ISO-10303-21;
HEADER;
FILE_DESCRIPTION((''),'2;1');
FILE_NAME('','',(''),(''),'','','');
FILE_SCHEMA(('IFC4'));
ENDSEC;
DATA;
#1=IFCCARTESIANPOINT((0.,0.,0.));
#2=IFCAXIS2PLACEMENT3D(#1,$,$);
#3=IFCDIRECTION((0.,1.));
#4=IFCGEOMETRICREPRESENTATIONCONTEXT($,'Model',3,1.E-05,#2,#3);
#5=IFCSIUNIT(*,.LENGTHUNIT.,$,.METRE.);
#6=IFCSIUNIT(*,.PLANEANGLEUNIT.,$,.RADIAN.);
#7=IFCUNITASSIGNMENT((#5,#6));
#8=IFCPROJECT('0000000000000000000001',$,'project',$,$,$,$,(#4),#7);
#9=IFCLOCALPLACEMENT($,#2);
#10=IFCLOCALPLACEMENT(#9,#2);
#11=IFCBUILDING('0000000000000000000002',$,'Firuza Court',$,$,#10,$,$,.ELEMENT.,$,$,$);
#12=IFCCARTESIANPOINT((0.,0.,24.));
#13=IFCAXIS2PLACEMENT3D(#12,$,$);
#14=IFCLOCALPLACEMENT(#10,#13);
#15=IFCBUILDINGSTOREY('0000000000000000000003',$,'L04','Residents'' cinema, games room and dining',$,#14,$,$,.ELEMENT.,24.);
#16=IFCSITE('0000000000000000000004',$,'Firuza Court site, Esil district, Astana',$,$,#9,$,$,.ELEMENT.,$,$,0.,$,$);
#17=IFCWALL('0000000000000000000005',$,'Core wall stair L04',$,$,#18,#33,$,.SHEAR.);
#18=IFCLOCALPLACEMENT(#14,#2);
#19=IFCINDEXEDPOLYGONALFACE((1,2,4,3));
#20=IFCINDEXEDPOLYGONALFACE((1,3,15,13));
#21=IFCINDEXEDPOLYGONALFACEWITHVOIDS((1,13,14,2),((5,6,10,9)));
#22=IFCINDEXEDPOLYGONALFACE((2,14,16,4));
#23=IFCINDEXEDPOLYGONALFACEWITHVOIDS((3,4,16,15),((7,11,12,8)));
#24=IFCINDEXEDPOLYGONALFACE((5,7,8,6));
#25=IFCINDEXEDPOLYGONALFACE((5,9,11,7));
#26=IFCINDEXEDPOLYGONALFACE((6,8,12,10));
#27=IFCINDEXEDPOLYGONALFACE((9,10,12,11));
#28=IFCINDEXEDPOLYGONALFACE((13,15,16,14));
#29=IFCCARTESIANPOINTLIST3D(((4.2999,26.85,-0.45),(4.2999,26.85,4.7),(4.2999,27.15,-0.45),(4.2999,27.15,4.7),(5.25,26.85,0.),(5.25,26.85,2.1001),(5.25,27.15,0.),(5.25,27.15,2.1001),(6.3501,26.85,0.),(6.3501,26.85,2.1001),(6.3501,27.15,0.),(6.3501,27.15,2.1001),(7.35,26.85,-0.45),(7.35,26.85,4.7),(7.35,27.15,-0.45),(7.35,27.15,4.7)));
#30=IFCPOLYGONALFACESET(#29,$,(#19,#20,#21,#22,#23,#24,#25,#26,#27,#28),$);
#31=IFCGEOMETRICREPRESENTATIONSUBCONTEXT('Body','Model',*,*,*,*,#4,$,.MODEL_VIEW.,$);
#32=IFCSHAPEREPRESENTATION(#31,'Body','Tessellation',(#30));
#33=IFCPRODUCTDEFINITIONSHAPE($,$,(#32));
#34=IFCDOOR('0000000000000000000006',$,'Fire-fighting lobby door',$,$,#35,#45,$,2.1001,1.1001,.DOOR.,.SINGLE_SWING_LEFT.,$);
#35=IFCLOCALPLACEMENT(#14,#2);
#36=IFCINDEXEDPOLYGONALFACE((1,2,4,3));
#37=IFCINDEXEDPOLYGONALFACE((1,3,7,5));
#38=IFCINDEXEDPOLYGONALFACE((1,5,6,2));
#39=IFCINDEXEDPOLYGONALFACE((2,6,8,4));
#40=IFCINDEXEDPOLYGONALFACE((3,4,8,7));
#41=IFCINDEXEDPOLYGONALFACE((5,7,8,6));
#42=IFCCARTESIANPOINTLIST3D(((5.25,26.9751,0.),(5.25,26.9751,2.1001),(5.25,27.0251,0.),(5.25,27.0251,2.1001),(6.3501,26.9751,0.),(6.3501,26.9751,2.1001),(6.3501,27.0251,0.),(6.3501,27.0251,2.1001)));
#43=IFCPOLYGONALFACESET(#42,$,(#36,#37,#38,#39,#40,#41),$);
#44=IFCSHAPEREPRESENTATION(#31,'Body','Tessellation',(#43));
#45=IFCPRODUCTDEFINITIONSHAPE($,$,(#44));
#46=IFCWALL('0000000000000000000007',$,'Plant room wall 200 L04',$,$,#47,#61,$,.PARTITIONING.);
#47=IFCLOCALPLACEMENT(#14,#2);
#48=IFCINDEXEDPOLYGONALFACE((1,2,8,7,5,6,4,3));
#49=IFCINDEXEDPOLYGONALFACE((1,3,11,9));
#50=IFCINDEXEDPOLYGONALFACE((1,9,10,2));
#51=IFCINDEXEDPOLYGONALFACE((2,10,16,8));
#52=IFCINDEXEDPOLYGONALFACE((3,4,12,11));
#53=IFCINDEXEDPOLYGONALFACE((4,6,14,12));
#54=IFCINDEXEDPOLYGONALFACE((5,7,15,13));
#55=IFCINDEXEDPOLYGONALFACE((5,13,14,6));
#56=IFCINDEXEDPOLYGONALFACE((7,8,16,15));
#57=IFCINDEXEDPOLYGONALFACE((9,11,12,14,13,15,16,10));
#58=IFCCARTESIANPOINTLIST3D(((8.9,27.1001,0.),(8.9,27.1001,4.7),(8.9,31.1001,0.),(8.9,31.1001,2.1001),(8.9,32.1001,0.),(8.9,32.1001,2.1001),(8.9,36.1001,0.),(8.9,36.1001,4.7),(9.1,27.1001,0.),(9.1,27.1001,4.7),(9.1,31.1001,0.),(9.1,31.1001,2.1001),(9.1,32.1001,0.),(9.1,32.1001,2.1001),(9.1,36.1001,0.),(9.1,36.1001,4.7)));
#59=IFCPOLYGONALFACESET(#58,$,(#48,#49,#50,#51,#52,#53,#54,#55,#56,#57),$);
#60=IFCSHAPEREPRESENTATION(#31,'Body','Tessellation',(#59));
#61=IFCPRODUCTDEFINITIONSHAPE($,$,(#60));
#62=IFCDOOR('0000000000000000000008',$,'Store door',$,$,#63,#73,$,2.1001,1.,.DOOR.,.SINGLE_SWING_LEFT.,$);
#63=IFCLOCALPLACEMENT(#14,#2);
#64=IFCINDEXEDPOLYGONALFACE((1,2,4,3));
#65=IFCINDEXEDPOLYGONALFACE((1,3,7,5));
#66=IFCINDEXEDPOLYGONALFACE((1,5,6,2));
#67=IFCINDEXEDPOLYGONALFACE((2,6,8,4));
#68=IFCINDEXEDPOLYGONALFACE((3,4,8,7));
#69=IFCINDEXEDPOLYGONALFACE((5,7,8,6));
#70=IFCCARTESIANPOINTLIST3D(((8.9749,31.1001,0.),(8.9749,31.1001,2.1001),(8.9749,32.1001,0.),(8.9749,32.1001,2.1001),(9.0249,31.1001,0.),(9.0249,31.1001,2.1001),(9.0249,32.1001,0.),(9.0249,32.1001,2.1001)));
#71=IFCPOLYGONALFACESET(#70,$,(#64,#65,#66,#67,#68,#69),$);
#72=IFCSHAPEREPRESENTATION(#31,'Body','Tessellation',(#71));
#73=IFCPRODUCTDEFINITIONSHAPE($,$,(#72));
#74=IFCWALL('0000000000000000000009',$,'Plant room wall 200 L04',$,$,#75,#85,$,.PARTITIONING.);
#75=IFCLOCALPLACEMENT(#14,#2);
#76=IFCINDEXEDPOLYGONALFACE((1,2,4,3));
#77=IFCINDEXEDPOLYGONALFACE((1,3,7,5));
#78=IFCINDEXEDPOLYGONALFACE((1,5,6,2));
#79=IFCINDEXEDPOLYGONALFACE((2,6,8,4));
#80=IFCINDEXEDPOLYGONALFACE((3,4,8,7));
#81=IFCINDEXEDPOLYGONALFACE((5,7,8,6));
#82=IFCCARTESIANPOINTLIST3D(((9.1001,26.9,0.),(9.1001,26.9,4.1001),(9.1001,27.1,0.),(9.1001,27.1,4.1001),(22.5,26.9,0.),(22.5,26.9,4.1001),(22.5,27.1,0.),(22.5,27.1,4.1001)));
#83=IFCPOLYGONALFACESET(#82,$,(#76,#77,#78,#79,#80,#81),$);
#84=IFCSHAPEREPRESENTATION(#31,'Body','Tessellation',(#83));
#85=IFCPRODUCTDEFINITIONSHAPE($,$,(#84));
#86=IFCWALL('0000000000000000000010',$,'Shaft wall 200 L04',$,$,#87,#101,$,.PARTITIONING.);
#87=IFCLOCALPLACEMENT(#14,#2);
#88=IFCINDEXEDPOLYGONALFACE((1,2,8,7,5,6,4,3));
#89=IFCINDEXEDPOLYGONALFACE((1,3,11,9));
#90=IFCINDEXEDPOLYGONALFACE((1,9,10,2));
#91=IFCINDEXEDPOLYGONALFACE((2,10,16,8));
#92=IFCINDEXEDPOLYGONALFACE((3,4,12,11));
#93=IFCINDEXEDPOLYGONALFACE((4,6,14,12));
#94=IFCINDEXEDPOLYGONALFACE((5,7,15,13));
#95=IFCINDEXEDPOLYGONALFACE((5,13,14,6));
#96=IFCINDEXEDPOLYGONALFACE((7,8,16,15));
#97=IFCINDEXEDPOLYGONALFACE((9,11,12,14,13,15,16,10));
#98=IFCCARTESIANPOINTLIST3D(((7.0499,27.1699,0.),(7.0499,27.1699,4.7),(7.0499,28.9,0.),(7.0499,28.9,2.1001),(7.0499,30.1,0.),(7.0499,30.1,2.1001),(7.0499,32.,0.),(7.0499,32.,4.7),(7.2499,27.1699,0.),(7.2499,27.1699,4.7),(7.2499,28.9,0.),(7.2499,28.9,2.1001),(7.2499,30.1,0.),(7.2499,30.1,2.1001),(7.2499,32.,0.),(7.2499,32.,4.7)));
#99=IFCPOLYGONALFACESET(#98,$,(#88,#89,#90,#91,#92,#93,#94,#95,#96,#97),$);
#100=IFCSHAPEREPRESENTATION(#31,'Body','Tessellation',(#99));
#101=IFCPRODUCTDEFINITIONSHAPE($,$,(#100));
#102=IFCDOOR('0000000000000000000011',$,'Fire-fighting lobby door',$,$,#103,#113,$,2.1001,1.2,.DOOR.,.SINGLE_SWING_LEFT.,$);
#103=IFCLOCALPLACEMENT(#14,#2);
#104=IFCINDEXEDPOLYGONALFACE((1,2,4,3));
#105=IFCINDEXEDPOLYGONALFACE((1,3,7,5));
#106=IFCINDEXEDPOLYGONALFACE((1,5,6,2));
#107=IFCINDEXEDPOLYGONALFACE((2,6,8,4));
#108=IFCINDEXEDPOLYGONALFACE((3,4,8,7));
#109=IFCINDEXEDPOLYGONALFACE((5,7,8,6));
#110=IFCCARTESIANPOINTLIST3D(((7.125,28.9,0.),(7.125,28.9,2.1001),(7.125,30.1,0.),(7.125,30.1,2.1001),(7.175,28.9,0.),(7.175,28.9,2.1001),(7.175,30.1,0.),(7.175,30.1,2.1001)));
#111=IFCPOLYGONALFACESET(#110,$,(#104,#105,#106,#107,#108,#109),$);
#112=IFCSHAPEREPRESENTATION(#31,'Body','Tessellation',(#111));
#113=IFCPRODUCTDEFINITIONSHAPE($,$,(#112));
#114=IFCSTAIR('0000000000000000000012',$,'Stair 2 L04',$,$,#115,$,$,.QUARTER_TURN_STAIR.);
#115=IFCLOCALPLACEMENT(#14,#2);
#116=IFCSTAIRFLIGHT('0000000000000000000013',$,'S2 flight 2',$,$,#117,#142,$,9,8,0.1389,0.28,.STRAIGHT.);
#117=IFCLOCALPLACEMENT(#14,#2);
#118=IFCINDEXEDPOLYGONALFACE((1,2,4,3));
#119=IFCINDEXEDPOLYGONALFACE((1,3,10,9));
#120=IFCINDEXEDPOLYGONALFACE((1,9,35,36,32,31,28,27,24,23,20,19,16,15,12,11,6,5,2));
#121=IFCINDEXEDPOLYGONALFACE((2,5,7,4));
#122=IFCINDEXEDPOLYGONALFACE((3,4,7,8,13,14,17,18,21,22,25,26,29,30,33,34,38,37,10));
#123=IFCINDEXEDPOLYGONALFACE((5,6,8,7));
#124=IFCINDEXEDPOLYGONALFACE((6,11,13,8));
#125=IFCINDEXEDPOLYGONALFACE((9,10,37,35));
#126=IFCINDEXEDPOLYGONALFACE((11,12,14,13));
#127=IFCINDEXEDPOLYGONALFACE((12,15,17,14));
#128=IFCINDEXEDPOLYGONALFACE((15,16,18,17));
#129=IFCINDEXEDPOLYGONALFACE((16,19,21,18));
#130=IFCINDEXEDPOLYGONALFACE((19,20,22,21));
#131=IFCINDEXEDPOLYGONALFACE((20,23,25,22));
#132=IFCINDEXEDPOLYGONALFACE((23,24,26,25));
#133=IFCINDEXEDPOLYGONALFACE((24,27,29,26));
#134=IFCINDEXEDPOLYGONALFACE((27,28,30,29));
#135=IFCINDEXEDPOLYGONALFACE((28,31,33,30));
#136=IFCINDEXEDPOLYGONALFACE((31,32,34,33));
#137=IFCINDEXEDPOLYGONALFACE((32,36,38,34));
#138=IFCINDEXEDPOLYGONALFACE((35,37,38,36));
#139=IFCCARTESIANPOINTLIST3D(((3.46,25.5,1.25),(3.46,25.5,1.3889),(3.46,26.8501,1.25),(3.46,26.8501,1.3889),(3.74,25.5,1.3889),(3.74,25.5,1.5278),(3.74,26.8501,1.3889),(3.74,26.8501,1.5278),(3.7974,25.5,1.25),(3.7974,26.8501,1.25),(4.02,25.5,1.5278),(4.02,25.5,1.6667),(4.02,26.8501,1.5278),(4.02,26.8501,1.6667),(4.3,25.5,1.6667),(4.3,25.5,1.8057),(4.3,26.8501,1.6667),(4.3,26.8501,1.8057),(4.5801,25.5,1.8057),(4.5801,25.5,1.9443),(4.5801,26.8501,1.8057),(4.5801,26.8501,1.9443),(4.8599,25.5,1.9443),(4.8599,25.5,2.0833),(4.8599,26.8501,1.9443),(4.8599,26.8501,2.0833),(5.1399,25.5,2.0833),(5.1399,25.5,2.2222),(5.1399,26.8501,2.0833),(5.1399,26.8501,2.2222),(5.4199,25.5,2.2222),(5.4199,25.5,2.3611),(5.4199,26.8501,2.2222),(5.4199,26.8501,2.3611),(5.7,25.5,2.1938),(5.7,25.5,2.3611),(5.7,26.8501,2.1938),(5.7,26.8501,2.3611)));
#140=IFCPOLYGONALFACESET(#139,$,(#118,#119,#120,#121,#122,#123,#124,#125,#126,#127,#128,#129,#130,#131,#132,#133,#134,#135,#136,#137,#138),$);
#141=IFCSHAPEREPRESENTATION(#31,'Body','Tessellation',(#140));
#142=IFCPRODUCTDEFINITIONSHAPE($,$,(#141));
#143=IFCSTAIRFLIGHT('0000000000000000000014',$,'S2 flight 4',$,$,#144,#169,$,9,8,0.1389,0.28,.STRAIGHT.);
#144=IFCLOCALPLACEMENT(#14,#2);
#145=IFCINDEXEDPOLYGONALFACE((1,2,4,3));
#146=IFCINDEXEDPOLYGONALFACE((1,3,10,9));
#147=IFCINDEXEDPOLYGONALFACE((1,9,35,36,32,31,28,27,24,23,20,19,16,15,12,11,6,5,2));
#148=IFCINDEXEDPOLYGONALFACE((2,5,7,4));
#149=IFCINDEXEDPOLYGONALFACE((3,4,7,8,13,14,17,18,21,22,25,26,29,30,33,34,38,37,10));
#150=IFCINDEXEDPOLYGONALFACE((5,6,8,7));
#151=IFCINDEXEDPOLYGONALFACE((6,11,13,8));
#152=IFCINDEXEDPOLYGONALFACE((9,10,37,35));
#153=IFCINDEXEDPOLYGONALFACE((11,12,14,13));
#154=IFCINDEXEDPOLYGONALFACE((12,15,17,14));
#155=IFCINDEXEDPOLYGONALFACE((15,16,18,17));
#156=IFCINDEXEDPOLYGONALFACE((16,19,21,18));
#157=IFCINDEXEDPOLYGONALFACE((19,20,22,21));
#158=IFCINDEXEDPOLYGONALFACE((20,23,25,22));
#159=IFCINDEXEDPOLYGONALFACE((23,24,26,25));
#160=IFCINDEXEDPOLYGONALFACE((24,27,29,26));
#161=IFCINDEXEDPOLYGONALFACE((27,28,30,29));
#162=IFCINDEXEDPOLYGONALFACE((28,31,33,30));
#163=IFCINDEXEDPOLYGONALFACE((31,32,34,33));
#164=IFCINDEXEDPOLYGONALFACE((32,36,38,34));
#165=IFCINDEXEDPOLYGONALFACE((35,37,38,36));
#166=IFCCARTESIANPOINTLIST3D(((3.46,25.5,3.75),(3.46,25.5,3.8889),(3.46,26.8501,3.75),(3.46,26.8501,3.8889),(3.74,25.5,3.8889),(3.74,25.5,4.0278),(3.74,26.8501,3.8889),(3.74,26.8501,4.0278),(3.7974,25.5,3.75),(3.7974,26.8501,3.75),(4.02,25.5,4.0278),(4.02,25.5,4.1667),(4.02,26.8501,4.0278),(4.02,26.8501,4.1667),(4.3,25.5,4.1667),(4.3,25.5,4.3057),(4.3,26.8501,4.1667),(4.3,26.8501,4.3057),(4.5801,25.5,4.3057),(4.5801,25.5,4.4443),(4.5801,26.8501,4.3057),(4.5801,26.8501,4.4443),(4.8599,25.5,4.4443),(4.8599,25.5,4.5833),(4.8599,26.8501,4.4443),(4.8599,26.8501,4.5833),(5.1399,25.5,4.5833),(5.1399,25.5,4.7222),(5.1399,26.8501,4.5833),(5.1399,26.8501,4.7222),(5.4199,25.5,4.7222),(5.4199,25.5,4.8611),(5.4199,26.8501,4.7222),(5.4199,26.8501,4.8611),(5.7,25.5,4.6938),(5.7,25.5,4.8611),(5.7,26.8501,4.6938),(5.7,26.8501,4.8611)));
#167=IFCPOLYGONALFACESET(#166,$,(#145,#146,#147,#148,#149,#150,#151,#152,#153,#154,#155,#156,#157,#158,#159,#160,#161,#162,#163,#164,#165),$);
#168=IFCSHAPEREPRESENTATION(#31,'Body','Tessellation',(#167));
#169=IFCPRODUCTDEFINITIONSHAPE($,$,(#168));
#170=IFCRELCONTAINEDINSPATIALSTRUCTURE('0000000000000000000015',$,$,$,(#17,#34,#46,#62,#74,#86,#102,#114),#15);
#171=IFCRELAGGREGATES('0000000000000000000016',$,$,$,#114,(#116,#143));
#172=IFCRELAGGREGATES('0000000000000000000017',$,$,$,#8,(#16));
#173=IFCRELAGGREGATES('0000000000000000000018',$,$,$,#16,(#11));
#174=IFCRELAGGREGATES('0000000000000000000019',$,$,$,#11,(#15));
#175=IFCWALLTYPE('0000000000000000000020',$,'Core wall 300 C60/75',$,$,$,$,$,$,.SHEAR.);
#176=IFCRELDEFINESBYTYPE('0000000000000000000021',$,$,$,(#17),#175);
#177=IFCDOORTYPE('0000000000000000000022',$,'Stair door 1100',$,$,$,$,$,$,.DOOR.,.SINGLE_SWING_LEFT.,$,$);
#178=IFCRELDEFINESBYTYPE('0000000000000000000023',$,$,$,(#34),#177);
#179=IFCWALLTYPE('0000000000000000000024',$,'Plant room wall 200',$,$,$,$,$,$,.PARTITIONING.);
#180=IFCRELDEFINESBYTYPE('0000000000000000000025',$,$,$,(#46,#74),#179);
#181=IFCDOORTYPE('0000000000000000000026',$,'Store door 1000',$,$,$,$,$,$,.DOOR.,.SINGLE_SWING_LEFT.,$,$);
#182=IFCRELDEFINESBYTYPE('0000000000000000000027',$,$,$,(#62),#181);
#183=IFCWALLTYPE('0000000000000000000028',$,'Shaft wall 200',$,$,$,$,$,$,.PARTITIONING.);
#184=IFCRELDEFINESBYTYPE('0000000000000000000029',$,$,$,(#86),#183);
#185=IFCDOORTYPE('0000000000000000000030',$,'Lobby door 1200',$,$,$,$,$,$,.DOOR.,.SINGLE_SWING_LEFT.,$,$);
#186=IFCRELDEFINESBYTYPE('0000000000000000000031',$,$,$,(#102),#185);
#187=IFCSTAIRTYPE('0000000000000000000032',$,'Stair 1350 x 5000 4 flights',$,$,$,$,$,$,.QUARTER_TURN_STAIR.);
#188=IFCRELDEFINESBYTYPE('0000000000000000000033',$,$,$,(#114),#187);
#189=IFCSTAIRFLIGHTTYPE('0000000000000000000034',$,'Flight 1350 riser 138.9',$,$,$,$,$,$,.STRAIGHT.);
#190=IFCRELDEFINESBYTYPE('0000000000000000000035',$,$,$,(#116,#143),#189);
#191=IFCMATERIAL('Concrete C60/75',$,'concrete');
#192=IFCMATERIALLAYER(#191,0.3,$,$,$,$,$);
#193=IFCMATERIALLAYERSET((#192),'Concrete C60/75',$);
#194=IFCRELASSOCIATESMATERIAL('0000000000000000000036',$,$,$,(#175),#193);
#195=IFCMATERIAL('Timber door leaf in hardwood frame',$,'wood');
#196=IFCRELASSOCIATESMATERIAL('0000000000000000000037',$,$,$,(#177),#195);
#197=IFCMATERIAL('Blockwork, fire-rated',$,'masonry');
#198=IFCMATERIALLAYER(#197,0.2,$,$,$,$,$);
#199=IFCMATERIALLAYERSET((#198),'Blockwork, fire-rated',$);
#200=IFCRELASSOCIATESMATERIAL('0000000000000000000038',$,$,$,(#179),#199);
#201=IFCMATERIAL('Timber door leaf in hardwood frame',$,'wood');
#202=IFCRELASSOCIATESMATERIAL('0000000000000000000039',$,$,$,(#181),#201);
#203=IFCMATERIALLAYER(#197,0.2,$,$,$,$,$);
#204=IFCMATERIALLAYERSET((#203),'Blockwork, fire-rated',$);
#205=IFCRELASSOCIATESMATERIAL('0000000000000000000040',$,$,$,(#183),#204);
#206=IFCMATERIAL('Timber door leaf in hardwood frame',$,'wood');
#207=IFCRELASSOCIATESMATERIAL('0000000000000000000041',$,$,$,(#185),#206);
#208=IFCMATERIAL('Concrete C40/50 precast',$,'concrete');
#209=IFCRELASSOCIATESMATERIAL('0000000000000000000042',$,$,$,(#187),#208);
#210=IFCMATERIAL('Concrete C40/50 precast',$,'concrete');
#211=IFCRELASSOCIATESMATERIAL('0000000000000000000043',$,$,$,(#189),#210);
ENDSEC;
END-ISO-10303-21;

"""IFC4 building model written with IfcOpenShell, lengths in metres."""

from ifc_helpers import new_model, si_unit, direction, frame, frame_2d, origin, place, context, subcontext, project, spatial, polyline, rectangle, outline, extrude, material, layer, layer_set, type_object, element, fill, aggregate, save


model = new_model("IFC4")

# Units and contexts
model_context = context("Model", 3, precision=1e-05, world=origin(), true_north=direction((0.0, 1.0)))
body_context = subcontext(model_context, "Body", "Model", "MODEL_VIEW")
ifc_project = project(units=[si_unit("LENGTHUNIT", "METRE"), si_unit("PLANEANGLEUNIT", "RADIAN")], contexts=[model_context])

# Site, building, storey
site_placement = place(None, origin())
site = spatial("IfcSite", under=ifc_project, at=site_placement, Name="Firuza Court site, Esil district, Astana", CompositionType="ELEMENT", RefElevation=0.0)
building_placement = place(site_placement, origin())
building = spatial("IfcBuilding", under=site, at=building_placement, Name="Firuza Court", CompositionType="ELEMENT")
storey_placement = place(building_placement, frame((0.0, 0.0, 24.0)))
storey = spatial("IfcBuildingStorey", under=building, at=storey_placement, Name="L04", Description="Residents' cinema, games room and dining", CompositionType="ELEMENT", Elevation=24.0)

# Shared definitions
ifc_material_1 = material(Name="Concrete C60/75", Category="concrete")

# Shared definitions
ifc_layer_1 = layer(ifc_material_1, 0.3)
ifc_layer_set_1 = layer_set([ifc_layer_1], Name="Concrete C60/75")
wall_type_1 = type_object("IfcWallType", Name="Core wall 300 C60/75", PredefinedType="SHEAR", material=ifc_layer_set_1)

# Walls, openings, doors
wall_1_placement = place(storey_placement, frame((4.3, 27.0, -0.45), z_axis=(0.0, 0.0, 1.0), x_axis=(1.0, 0.0, 0.0)))
wall_1 = element("IfcWall", 1, at=wall_1_placement, inside=storey, type_object=wall_type_1, Name="Core wall stair L04", PredefinedType="SHEAR", context=body_context, shape_type="SweptSolid", body=[
    extrude(rectangle(XDim=3.05, YDim=0.3, at=frame_2d((1.5249, 0.0))), origin(), (0.0, 0.0, 1.0), 5.1499),
])
opening_1_placement = place(wall_1_placement, frame((0.95, 0.0, 0.45)))
opening_1 = element("IfcOpeningElement", 2, at=opening_1_placement, cuts=wall_1, PredefinedType="OPENING", context=body_context, shape_type="SweptSolid", body=[
    extrude(rectangle(XDim=1.1001, YDim=2.1001, at=frame_2d((0.55, 1.05))), frame((0.0, 0.1621, 0.0), z_axis=(0.0, -1.0, 0.0), x_axis=(1.0, 0.0, 0.0)), (0.0, 0.0, 1.0), 0.324),
])
ifc_material_2 = material(Name="Timber door leaf in hardwood frame", Category="wood")
door_type_1 = type_object("IfcDoorType", Name="Stair door 1100", OperationType="SINGLE_SWING_LEFT", PredefinedType="DOOR", material=ifc_material_2)
door_1_placement = place(opening_1_placement, frame((1.1001, 0.0, 0.0), z_axis=(0.0, 0.0, 1.0), x_axis=(-1.0, 0.0, 0.0)))
door_1 = element("IfcDoor", 3, at=door_1_placement, inside=storey, type_object=door_type_1, Name="Fire-fighting lobby door", OperationType="SINGLE_SWING_LEFT", OverallHeight=2.1001, OverallWidth=1.1001, PredefinedType="DOOR", context=body_context, shape_type="SweptSolid", body=[
    extrude(rectangle(XDim=1.1001, YDim=2.1001, at=frame_2d((0.55, 1.05))), frame((0.0, 0.0249, 0.0), z_axis=(0.0, -1.0, 0.0), x_axis=(1.0, 0.0, 0.0)), (0.0, 0.0, 1.0), 0.05),
])
fill(opening_1, door_1)
ifc_material_3 = material(Name="Blockwork, fire-rated", Category="masonry")
ifc_layer_2 = layer(ifc_material_3, 0.2)
ifc_layer_set_2 = layer_set([ifc_layer_2], Name="Blockwork, fire-rated")
wall_type_2 = type_object("IfcWallType", Name="Plant room wall 200", PredefinedType="PARTITIONING", material=ifc_layer_set_2)
wall_2_placement = place(storey_placement, frame((9.0, 27.1001, 0.0), z_axis=(0.0, 0.0, 1.0), x_axis=(0.0, 1.0, 0.0)))
wall_2 = element("IfcWall", 4, at=wall_2_placement, inside=storey, type_object=wall_type_2, Name="Plant room wall 200 L04", PredefinedType="PARTITIONING", context=body_context, shape_type="SweptSolid", body=[
    extrude(rectangle(XDim=9.0, YDim=0.2, at=frame_2d((4.5, 0.0))), origin(), (0.0, 0.0, 1.0), 4.7),
])
opening_2_placement = place(wall_2_placement, frame((4.0, 0.0, 0.0)))
opening_2 = element("IfcOpeningElement", 5, at=opening_2_placement, cuts=wall_2, PredefinedType="OPENING", context=body_context, shape_type="SweptSolid", body=[
    extrude(rectangle(XDim=1.0, YDim=2.1001, at=frame_2d((0.5, 1.05))), frame((0.0, 0.1118, 0.0), z_axis=(0.0, -1.0, 0.0), x_axis=(1.0, 0.0, 0.0)), (0.0, 0.0, 1.0), 0.2239),
])
ifc_material_4 = material(Name="Timber door leaf in hardwood frame", Category="wood")
door_type_2 = type_object("IfcDoorType", Name="Store door 1000", OperationType="SINGLE_SWING_LEFT", PredefinedType="DOOR", material=ifc_material_4)
door_2_placement = place(opening_2_placement, frame((1.0, 0.0, 0.0), z_axis=(0.0, 0.0, 1.0), x_axis=(-1.0, 0.0, 0.0)))
door_2 = element("IfcDoor", 6, at=door_2_placement, inside=storey, type_object=door_type_2, Name="Store door", OperationType="SINGLE_SWING_LEFT", OverallHeight=2.1001, OverallWidth=1.0, PredefinedType="DOOR", context=body_context, shape_type="SweptSolid", body=[
    extrude(rectangle(XDim=1.0, YDim=2.1001, at=frame_2d((0.5, 1.05))), frame((0.0, 0.0249, 0.0), z_axis=(0.0, -1.0, 0.0), x_axis=(1.0, 0.0, 0.0)), (0.0, 0.0, 1.0), 0.05),
])
fill(opening_2, door_2)

# Wall
wall_3_placement = place(storey_placement, frame((22.5, 27.0, 0.0), z_axis=(0.0, 0.0, 1.0), x_axis=(-1.0, 0.0, 0.0)))
element("IfcWall", 7, at=wall_3_placement, inside=storey, type_object=wall_type_2, Name="Plant room wall 200 L04", PredefinedType="PARTITIONING", context=body_context, shape_type="SweptSolid", body=[
    extrude(rectangle(XDim=13.3999, YDim=0.2, at=frame_2d((6.7, 0.0))), origin(), (0.0, 0.0, 1.0), 4.1001),
])

# Wall, opening, door
ifc_layer_3 = layer(ifc_material_3, 0.2)
ifc_layer_set_3 = layer_set([ifc_layer_3], Name="Blockwork, fire-rated")
wall_type_3 = type_object("IfcWallType", Name="Shaft wall 200", PredefinedType="PARTITIONING", material=ifc_layer_set_3)
wall_4_placement = place(storey_placement, frame((7.1499, 27.1699, 0.0), z_axis=(0.0, 0.0, 1.0), x_axis=(0.0, 1.0, 0.0)))
wall_4 = element("IfcWall", 8, at=wall_4_placement, inside=storey, type_object=wall_type_3, Name="Shaft wall 200 L04", PredefinedType="PARTITIONING", context=body_context, shape_type="SweptSolid", body=[
    extrude(rectangle(XDim=4.8301, YDim=0.2, at=frame_2d((2.415, 0.0))), origin(), (0.0, 0.0, 1.0), 4.7),
])
opening_3_placement = place(wall_4_placement, frame((1.73, 0.0, 0.0)))
opening_3 = element("IfcOpeningElement", 9, at=opening_3_placement, cuts=wall_4, PredefinedType="OPENING", context=body_context, shape_type="SweptSolid", body=[
    extrude(rectangle(XDim=1.2, YDim=2.1001, at=frame_2d((0.6001, 1.05))), frame((0.0, 0.1118, 0.0), z_axis=(0.0, -1.0, 0.0), x_axis=(1.0, 0.0, 0.0)), (0.0, 0.0, 1.0), 0.2239),
])
ifc_material_5 = material(Name="Timber door leaf in hardwood frame", Category="wood")
door_type_3 = type_object("IfcDoorType", Name="Lobby door 1200", OperationType="SINGLE_SWING_LEFT", PredefinedType="DOOR", material=ifc_material_5)
door_3_placement = place(opening_3_placement, origin())
door_3 = element("IfcDoor", 10, at=door_3_placement, inside=storey, type_object=door_type_3, Name="Fire-fighting lobby door", OperationType="SINGLE_SWING_LEFT", OverallHeight=2.1001, OverallWidth=1.2, PredefinedType="DOOR", context=body_context, shape_type="SweptSolid", body=[
    extrude(rectangle(XDim=1.2, YDim=2.1001, at=frame_2d((0.6001, 1.05))), frame((0.0, 0.0249, 0.0), z_axis=(0.0, -1.0, 0.0), x_axis=(1.0, 0.0, 0.0)), (0.0, 0.0, 1.0), 0.05),
])
fill(opening_3, door_3)

# Stair, stair flights
ifc_material_6 = material(Name="Concrete C40/50 precast", Category="concrete")
stair_type = type_object("IfcStairType", Name="Stair 1350 x 5000 4 flights", PredefinedType="QUARTER_TURN_STAIR", material=ifc_material_6)
stair_placement = place(storey_placement, origin())
stair = element("IfcStair", 11, at=stair_placement, inside=storey, type_object=stair_type, Name="Stair 2 L04", PredefinedType="QUARTER_TURN_STAIR")
ifc_material_7 = material(Name="Concrete C40/50 precast", Category="concrete")
stair_flight_type = type_object("IfcStairFlightType", Name="Flight 1350 riser 138.9", PredefinedType="STRAIGHT", material=ifc_material_7)
stair_flight_1_placement = place(storey_placement, frame((3.46, 26.175, 1.25), z_axis=(0.0, 0.0, 1.0), x_axis=(1.0, 0.0, 0.0)))
stair_flight_1 = element("IfcStairFlight", 12, at=stair_flight_1_placement, type_object=stair_flight_type, Name="S2 flight 2", NumberOfRisers=9, NumberOfTreads=8, PredefinedType="STRAIGHT", RiserHeight=0.1389, TreadLength=0.28, context=body_context, shape_type="SweptSolid", body=[
    extrude(outline(polyline([(0.0, 0.0), (0.0, 0.1389), (0.28, 0.1389), (0.28, 0.2778), (0.5601, 0.2778), (0.5601, 0.4167), (0.8401, 0.4167), (0.8401, 0.5557), (1.1201, 0.5557), (1.1201, 0.6943), (1.3999, 0.6943), (1.3999, 0.8333), (1.6799, 0.8333), (1.6799, 0.9722), (1.96, 0.9722), (1.96, 1.1111), (2.24, 1.1111), (2.24, 1.25), (2.24, 0.9438), (0.3374, 0.0), (0.0, 0.0)])), frame((0.0, 0.675, 0.0), z_axis=(0.0, -1.0, 0.0), x_axis=(1.0, 0.0, 0.0)), (0.0, 0.0, 1.0), 1.3501),
])
stair_flight_2_placement = place(storey_placement, frame((3.46, 26.175, 3.75), z_axis=(0.0, 0.0, 1.0), x_axis=(1.0, 0.0, 0.0)))
stair_flight_2 = element("IfcStairFlight", 13, at=stair_flight_2_placement, type_object=stair_flight_type, Name="S2 flight 4", NumberOfRisers=9, NumberOfTreads=8, PredefinedType="STRAIGHT", RiserHeight=0.1389, TreadLength=0.28, context=body_context, shape_type="SweptSolid", body=[
    extrude(outline(polyline([(0.0, 0.0), (0.0, 0.1389), (0.28, 0.1389), (0.28, 0.2778), (0.5601, 0.2778), (0.5601, 0.4167), (0.8401, 0.4167), (0.8401, 0.5557), (1.1201, 0.5557), (1.1201, 0.6943), (1.3999, 0.6943), (1.3999, 0.8333), (1.6799, 0.8333), (1.6799, 0.9722), (1.96, 0.9722), (1.96, 1.1111), (2.24, 1.1111), (2.24, 1.25), (2.24, 0.9438), (0.3374, 0.0), (0.0, 0.0)])), frame((0.0, 0.675, 0.0), z_axis=(0.0, -1.0, 0.0), x_axis=(1.0, 0.0, 0.0)), (0.0, 0.0, 1.0), 1.3501),
])
aggregate(stair, [stair_flight_1, stair_flight_2])

save(model, "model.ifc")
